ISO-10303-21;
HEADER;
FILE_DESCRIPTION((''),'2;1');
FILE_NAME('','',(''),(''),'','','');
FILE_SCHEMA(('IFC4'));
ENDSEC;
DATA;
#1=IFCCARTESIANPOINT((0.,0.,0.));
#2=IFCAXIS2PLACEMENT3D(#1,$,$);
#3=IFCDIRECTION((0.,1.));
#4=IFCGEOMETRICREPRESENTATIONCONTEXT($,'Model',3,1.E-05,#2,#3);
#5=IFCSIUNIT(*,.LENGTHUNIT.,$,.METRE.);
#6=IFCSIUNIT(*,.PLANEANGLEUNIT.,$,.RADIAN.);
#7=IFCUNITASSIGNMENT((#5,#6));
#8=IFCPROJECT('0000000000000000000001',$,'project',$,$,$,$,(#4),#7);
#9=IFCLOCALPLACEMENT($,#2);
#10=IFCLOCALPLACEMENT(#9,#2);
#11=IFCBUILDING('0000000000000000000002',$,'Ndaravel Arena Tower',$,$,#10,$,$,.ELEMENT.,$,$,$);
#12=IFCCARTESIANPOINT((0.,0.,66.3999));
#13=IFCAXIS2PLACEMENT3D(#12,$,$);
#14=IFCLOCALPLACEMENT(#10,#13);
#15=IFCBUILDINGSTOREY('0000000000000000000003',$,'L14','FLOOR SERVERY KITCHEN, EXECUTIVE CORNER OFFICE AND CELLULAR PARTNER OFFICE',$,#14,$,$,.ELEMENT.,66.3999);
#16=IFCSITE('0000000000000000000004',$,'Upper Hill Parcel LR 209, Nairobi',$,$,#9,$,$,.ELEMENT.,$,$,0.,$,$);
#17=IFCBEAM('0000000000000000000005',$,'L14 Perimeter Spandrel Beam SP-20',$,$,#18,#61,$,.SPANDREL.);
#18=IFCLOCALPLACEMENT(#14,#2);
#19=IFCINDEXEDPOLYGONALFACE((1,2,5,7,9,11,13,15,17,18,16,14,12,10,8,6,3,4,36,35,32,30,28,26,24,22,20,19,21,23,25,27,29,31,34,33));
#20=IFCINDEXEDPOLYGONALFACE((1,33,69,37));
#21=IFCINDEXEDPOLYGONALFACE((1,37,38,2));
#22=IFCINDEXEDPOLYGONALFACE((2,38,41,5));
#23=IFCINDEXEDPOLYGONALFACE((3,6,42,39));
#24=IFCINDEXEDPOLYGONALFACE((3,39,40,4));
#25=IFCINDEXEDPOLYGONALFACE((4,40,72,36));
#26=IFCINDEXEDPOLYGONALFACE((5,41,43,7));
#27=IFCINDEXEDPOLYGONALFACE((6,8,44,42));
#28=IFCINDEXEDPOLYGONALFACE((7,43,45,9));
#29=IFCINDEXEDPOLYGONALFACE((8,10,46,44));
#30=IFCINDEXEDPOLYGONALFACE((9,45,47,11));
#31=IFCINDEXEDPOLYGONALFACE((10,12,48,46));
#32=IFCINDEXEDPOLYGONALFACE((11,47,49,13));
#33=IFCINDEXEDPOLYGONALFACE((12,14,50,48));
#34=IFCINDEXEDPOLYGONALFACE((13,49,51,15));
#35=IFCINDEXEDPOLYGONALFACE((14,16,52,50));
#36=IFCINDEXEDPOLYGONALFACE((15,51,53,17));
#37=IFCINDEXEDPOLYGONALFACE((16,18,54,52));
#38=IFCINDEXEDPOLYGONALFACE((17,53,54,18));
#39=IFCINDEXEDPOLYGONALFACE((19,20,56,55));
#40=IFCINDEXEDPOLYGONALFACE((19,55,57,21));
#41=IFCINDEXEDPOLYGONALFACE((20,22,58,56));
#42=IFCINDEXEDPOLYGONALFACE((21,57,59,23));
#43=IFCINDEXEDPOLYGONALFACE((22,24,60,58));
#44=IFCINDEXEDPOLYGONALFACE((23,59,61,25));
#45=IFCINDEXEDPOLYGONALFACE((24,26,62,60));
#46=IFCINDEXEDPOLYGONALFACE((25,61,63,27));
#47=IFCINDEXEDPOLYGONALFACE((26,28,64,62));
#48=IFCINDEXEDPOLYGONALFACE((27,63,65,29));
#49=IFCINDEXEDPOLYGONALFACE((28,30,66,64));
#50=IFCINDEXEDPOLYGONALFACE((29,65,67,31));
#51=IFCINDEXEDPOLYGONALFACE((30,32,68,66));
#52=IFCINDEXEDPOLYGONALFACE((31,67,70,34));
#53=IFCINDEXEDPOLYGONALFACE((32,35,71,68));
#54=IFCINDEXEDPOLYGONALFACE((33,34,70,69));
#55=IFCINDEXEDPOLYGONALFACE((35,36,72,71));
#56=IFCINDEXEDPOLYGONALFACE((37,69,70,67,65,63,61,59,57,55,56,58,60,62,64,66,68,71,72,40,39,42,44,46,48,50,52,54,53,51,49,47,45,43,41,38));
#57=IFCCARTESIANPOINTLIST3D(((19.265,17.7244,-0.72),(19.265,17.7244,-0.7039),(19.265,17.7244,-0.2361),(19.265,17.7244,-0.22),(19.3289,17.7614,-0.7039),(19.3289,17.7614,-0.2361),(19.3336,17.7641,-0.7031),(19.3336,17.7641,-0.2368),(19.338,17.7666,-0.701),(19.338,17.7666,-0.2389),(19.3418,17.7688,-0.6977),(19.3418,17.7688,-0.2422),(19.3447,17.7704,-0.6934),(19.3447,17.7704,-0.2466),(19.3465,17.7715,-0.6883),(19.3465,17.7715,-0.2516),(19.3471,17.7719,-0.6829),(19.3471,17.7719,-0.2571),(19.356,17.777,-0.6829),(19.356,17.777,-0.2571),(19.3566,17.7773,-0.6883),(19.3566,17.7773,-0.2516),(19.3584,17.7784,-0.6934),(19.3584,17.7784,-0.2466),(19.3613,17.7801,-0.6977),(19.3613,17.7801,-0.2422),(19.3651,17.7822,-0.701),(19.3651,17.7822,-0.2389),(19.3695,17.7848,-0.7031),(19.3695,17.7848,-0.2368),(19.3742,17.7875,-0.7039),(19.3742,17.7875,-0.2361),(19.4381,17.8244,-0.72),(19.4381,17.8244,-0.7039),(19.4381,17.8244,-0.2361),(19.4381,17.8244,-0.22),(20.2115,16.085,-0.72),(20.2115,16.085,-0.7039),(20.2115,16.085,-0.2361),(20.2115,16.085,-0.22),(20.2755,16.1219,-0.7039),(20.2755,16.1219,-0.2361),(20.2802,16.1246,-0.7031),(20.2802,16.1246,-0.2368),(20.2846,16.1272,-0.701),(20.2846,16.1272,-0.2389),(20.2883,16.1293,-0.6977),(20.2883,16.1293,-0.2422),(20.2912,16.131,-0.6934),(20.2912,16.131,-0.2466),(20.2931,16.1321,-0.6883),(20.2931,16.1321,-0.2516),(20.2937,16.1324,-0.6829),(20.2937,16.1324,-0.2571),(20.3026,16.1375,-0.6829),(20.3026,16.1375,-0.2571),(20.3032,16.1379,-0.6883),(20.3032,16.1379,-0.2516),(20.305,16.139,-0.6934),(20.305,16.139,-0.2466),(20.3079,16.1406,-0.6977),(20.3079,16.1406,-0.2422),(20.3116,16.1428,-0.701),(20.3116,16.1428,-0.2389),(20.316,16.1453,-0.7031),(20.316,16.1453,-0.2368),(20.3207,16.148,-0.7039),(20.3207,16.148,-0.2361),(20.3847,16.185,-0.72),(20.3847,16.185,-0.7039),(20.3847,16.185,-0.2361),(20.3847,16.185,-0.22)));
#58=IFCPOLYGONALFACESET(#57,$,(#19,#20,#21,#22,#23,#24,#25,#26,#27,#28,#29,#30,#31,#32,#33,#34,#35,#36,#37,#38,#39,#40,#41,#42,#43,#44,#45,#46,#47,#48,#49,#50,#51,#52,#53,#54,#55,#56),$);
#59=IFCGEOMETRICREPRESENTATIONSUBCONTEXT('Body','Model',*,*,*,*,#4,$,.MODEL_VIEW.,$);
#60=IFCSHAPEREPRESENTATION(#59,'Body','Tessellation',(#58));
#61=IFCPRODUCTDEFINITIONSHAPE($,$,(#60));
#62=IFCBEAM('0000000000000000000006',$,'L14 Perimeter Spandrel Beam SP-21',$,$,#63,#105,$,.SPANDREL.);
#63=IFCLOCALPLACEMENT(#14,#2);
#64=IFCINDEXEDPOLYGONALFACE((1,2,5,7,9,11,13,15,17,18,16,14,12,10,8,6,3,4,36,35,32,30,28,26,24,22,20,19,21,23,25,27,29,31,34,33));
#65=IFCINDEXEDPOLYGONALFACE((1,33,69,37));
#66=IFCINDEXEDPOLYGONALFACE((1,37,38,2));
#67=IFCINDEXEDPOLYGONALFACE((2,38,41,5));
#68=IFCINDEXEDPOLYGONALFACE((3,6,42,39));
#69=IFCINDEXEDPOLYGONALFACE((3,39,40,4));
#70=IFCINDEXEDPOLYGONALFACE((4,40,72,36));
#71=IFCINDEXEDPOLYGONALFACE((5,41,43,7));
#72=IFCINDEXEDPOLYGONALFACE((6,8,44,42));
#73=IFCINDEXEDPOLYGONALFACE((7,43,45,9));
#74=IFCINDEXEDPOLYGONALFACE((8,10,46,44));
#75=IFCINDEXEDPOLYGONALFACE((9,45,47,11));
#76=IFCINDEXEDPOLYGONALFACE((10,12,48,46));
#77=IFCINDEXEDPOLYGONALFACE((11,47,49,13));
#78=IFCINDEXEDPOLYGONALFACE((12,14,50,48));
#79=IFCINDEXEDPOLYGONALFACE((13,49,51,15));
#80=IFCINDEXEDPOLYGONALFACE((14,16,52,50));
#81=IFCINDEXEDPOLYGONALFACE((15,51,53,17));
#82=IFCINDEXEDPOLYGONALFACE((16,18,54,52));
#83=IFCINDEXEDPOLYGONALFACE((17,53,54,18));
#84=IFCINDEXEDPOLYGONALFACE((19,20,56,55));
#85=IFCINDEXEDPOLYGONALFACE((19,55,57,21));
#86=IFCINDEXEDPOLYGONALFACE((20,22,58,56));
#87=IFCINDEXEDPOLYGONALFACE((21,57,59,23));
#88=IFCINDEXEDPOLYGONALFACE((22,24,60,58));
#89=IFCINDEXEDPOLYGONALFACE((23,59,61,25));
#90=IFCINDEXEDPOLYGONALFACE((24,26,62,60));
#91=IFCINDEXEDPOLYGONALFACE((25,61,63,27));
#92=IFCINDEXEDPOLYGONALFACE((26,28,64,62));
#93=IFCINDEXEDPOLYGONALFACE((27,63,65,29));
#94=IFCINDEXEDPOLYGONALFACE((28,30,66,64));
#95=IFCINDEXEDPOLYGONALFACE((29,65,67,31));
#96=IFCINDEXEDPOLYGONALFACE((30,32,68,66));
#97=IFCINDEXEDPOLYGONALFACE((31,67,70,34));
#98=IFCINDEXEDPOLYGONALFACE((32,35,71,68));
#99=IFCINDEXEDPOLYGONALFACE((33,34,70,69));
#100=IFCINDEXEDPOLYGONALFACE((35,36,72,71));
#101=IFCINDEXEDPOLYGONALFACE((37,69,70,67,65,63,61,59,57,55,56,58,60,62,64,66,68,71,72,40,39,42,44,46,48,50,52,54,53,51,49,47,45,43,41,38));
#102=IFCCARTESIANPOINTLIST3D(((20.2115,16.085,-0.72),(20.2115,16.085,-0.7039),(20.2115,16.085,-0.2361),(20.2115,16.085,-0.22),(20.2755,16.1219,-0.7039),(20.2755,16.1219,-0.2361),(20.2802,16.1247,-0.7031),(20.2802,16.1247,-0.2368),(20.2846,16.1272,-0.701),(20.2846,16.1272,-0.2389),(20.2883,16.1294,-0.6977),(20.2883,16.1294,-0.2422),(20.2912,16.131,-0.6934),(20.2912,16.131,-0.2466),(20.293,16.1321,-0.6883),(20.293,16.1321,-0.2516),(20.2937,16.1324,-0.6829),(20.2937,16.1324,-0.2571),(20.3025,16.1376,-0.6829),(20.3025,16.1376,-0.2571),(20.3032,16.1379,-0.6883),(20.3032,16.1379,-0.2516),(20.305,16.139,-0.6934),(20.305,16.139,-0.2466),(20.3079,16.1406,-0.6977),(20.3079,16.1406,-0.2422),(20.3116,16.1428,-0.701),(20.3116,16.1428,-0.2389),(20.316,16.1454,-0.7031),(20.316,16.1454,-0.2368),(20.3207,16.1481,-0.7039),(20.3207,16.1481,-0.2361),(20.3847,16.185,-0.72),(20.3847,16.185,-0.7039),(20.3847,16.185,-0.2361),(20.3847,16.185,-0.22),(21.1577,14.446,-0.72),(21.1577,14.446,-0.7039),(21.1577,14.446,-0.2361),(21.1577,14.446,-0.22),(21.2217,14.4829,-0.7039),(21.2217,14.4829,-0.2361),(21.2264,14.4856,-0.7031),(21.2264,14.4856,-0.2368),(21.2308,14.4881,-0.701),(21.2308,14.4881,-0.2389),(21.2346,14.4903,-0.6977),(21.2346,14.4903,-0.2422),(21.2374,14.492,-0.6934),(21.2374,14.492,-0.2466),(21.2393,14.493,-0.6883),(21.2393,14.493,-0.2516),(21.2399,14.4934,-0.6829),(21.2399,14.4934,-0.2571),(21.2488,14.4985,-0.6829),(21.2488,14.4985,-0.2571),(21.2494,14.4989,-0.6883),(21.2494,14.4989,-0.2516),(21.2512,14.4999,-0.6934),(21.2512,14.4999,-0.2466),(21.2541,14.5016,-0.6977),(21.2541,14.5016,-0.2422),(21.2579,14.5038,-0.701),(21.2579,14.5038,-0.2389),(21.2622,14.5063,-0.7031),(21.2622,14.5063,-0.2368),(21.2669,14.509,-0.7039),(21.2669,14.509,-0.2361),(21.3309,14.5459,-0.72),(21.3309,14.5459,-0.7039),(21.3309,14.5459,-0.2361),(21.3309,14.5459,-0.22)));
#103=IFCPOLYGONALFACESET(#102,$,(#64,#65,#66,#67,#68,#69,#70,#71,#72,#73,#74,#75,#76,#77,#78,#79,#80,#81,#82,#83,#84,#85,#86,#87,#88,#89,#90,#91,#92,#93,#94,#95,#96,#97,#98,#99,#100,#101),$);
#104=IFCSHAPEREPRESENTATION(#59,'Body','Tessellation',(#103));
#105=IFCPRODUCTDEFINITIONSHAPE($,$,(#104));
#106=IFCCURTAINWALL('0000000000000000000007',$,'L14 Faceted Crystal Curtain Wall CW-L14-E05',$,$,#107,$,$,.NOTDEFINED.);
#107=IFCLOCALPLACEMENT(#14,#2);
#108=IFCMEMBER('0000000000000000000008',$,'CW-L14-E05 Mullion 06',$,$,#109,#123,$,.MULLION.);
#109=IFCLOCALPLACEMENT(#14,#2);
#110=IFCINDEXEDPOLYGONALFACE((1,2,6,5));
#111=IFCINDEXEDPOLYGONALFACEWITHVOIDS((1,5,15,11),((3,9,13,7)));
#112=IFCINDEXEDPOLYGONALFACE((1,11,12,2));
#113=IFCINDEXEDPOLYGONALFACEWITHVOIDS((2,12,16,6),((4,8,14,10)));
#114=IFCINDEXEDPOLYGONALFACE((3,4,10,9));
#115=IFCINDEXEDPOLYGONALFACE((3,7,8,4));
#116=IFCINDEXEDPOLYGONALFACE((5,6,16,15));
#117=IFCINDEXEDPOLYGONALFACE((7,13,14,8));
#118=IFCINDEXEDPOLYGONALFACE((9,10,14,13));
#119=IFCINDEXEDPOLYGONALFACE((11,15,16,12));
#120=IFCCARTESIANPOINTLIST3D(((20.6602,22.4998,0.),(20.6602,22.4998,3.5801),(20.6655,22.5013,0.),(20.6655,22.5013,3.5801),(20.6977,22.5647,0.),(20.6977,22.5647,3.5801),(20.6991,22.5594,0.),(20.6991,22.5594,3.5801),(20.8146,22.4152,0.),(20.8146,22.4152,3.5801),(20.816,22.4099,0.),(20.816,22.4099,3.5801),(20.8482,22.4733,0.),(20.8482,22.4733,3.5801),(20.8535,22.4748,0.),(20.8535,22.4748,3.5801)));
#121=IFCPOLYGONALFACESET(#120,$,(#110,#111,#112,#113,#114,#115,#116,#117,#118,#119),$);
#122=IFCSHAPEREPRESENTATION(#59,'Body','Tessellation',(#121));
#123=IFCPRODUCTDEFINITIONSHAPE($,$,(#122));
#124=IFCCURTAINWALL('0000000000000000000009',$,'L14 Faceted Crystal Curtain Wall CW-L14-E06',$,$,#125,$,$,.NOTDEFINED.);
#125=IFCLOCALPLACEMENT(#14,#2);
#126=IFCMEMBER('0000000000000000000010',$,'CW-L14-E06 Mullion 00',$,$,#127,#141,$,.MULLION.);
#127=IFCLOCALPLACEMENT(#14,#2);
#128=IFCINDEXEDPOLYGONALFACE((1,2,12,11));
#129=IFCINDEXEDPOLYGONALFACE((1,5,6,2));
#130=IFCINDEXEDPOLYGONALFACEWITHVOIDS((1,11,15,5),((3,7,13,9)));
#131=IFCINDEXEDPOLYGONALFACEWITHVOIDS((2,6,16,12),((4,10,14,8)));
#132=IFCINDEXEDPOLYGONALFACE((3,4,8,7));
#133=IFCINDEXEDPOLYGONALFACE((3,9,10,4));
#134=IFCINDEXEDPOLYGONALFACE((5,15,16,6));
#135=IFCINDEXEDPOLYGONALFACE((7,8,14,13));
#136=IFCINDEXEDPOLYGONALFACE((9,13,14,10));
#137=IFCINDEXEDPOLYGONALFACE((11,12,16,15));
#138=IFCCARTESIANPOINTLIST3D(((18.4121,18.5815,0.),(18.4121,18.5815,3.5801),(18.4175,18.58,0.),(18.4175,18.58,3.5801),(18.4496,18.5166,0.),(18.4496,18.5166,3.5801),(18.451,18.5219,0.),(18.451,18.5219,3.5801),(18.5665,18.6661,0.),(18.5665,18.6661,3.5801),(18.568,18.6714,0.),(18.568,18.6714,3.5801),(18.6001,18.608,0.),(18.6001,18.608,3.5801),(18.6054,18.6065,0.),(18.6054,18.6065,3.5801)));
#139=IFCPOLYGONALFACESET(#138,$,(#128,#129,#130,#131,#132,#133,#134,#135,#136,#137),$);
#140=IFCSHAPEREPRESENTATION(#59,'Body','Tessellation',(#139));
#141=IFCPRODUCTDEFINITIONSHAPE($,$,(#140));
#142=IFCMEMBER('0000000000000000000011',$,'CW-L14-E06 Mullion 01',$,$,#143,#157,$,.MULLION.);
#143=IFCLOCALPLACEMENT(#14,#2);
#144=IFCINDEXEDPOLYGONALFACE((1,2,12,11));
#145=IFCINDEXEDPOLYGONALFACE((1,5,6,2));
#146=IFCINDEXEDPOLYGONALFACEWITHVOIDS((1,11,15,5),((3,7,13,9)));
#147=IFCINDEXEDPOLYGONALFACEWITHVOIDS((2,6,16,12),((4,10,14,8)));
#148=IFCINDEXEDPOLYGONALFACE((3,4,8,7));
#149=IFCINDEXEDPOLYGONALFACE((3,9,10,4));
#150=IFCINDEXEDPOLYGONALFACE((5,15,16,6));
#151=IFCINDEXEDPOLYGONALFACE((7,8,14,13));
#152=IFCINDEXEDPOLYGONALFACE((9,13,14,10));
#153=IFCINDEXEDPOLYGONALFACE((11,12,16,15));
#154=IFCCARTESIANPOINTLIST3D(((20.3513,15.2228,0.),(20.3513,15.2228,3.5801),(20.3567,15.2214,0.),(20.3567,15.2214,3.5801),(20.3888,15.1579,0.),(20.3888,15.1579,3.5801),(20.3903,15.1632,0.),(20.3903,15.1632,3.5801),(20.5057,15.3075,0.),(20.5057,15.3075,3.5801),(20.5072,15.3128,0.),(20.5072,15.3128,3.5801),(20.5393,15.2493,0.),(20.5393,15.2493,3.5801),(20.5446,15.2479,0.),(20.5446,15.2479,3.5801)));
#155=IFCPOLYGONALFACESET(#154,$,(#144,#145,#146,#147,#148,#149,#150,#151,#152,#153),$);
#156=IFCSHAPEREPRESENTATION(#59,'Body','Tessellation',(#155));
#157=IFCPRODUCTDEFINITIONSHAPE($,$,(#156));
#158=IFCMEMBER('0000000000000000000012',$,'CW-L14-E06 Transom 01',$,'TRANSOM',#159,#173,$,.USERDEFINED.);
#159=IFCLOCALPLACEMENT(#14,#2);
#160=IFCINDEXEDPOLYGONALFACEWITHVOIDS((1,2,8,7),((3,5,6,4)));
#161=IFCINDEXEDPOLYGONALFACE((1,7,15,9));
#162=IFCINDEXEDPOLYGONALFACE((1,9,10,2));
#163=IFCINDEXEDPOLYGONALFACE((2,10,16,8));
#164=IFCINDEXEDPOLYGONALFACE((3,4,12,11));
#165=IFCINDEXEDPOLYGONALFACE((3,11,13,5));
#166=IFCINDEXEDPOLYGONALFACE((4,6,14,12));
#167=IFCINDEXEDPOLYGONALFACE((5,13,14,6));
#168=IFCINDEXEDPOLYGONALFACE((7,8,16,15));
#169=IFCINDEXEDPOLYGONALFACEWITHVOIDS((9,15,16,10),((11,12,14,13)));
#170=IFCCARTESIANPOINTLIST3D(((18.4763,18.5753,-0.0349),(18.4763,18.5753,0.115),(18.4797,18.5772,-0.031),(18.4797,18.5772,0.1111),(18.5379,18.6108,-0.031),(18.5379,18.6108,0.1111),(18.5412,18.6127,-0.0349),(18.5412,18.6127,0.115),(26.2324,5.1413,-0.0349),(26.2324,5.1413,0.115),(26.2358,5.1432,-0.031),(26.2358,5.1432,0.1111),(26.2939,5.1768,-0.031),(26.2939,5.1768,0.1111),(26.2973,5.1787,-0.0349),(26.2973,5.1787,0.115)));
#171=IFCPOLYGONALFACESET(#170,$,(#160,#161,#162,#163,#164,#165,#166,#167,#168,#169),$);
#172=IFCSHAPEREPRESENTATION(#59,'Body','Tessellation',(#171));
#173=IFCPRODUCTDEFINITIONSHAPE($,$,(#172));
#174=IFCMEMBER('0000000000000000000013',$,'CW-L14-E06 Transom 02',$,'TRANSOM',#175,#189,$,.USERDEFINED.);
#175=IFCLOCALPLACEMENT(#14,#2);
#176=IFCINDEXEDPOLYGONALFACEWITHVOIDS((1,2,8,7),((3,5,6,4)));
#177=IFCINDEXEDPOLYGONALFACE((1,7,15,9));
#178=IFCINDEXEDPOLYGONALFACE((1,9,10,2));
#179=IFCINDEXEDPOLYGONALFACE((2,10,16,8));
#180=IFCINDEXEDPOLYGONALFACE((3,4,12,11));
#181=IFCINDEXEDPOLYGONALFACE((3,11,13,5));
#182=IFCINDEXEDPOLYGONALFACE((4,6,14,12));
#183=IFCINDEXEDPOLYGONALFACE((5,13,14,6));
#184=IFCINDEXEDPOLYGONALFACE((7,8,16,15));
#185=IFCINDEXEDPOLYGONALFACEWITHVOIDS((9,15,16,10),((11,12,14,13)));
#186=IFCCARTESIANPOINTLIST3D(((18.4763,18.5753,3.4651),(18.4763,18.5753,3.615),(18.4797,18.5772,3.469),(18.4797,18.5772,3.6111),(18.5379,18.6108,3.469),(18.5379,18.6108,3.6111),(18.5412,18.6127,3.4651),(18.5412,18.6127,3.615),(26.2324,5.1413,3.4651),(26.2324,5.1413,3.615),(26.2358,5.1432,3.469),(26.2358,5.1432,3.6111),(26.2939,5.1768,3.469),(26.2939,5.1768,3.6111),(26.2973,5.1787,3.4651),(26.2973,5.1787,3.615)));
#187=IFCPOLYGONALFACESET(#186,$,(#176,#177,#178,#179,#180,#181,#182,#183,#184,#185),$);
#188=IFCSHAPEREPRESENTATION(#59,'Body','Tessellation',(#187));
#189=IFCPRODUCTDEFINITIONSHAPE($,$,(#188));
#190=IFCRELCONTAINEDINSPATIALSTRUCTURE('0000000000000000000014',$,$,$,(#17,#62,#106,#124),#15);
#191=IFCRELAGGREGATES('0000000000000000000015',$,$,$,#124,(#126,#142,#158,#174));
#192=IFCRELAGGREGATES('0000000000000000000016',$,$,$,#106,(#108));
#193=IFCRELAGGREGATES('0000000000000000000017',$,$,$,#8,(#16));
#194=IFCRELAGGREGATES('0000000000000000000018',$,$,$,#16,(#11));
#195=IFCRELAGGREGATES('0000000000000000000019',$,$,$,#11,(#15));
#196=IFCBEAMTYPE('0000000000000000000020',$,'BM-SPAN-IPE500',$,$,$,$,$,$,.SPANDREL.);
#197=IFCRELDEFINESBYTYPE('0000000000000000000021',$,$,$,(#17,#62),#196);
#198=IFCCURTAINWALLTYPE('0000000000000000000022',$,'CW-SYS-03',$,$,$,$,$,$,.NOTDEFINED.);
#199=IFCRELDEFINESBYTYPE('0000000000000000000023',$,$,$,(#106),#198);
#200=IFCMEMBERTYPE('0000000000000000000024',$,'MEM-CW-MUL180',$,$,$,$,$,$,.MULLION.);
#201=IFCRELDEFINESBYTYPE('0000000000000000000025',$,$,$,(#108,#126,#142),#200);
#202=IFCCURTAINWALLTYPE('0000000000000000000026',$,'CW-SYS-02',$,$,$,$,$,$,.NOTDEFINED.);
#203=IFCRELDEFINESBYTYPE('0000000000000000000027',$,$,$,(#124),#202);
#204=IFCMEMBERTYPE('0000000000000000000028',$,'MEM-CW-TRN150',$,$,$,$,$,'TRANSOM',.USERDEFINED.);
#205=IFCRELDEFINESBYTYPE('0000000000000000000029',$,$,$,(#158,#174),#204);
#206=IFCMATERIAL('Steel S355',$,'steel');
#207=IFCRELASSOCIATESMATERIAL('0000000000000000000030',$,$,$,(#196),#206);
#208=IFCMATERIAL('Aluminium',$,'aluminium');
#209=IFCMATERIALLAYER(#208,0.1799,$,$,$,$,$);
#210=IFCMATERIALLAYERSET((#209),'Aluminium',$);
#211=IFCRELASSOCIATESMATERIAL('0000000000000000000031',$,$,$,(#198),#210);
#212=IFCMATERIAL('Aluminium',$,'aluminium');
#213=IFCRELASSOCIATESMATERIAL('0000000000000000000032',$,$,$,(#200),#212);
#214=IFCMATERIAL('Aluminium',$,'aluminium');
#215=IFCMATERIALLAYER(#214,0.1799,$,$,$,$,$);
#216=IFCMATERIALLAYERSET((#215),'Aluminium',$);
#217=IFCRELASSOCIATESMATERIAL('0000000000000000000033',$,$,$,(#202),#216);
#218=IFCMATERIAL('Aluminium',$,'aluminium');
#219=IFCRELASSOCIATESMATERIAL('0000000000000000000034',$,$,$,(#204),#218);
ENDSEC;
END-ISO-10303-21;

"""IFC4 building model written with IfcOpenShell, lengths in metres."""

from ifc_helpers import new_model, si_unit, direction, frame, origin, origin_2d, place, context, subcontext, project, spatial, hollow_rectangle, i_section, extrude, material, layer, layer_set, material_profile, profile_set, type_object, element, aggregate, save


model = new_model("IFC4")

# Units and contexts
model_context = context("Model", 3, precision=1e-05, world=origin(), true_north=direction((0.0, 1.0)))
body_context = subcontext(model_context, "Body", "Model", "MODEL_VIEW")
ifc_project = project(units=[si_unit("LENGTHUNIT", "METRE"), si_unit("PLANEANGLEUNIT", "RADIAN")], contexts=[model_context])

# Site, building, storey
site_placement = place(None, origin())
site = spatial("IfcSite", under=ifc_project, at=site_placement, Name="Upper Hill Parcel LR 209, Nairobi", CompositionType="ELEMENT", RefElevation=0.0)
building_placement = place(site_placement, origin())
building = spatial("IfcBuilding", under=site, at=building_placement, Name="Ndaravel Arena Tower", CompositionType="ELEMENT")
storey_placement = place(building_placement, frame((0.0, 0.0, 66.3999)))
storey = spatial("IfcBuildingStorey", under=building, at=storey_placement, Name="L14", Description="FLOOR SERVERY KITCHEN, EXECUTIVE CORNER OFFICE AND CELLULAR PARTNER OFFICE", CompositionType="ELEMENT", Elevation=66.3999)

# Beams
ifc_material_1 = material(Name="Steel S355", Category="steel")
ifc_material_profile_1 = material_profile(ifc_material_1, i_section(OverallWidth=0.2, OverallDepth=0.5, WebThickness=0.0103, FlangeThickness=0.0161, FilletRadius=0.021, at=origin_2d()), Name="IPE 500")
ifc_profile_set_1 = profile_set([ifc_material_profile_1], Name="Steel S355")
beam_type_1 = type_object("IfcBeamType", Name="BM-SPAN-IPE500", PredefinedType="SPANDREL", material=ifc_profile_set_1)
beam_1_placement = place(storey_placement, frame((19.3516, 17.7744, -0.47), z_axis=(0.500009, -0.86602, 0.0), x_axis=(0.86602, 0.500009, 0.0)))
element("IfcBeam", 1, at=beam_1_placement, inside=storey, type_object=beam_type_1, Name="L14 Perimeter Spandrel Beam SP-20", PredefinedType="SPANDREL", context=body_context, shape_type="SweptSolid", body=[
    extrude(i_section(OverallWidth=0.2, OverallDepth=0.5, WebThickness=0.0103, FlangeThickness=0.0161, FilletRadius=0.021, at=origin_2d()), origin(), (0.0, 0.0, 1.0), 1.8931),
])
beam_2_placement = place(storey_placement, frame((20.2981, 16.135, -0.47), z_axis=(0.499968, -0.866044, 0.0), x_axis=(0.866044, 0.499968, 0.0)))
element("IfcBeam", 2, at=beam_2_placement, inside=storey, type_object=beam_type_1, Name="L14 Perimeter Spandrel Beam SP-21", PredefinedType="SPANDREL", context=body_context, shape_type="SweptSolid", body=[
    extrude(i_section(OverallWidth=0.2, OverallDepth=0.5, WebThickness=0.0103, FlangeThickness=0.0161, FilletRadius=0.021, at=origin_2d()), origin(), (0.0, 0.0, 1.0), 1.8926),
])

# Curtain wall, member
ifc_material_2 = material(Name="Aluminium", Category="aluminium")
ifc_layer_1 = layer(ifc_material_2, 0.1799)
ifc_layer_set_1 = layer_set([ifc_layer_1], Name="Aluminium")
curtain_wall_type_1 = type_object("IfcCurtainWallType", Name="CW-SYS-03", PredefinedType="NOTDEFINED", material=ifc_layer_set_1)
curtain_wall_1_placement = place(storey_placement, origin())
curtain_wall_1 = element("IfcCurtainWall", 3, at=curtain_wall_1_placement, inside=storey, type_object=curtain_wall_type_1, Name="L14 Faceted Crystal Curtain Wall CW-L14-E05", PredefinedType="NOTDEFINED")
ifc_material_3 = material(Name="Aluminium", Category="aluminium")
ifc_material_profile_2 = material_profile(ifc_material_3, hollow_rectangle(XDim=0.075, YDim=0.1799, WallThickness=0.0039, at=origin_2d()), Name="CW MULLION 75x180x4")
ifc_profile_set_2 = profile_set([ifc_material_profile_2], Name="Aluminium")
member_type_1 = type_object("IfcMemberType", Name="MEM-CW-MUL180", PredefinedType="MULLION", material=ifc_profile_set_2)
member_1_placement = place(storey_placement, frame((20.7568, 22.4873, 0.0), z_axis=(0.0, 0.0, 1.0), x_axis=(-0.5, -0.866025, 0.0)))
member_1 = element("IfcMember", 4, at=member_1_placement, type_object=member_type_1, Name="CW-L14-E05 Mullion 06", PredefinedType="MULLION", context=body_context, shape_type="SweptSolid", body=[
    extrude(hollow_rectangle(XDim=0.075, YDim=0.1799, WallThickness=0.0039, at=origin_2d()), origin(), (0.0, 0.0, 1.0), 3.5801),
])

# Curtain wall, members
ifc_material_4 = material(Name="Aluminium", Category="aluminium")
ifc_layer_2 = layer(ifc_material_4, 0.1799)
ifc_layer_set_2 = layer_set([ifc_layer_2], Name="Aluminium")
curtain_wall_type_2 = type_object("IfcCurtainWallType", Name="CW-SYS-02", PredefinedType="NOTDEFINED", material=ifc_layer_set_2)
curtain_wall_2_placement = place(storey_placement, origin())
curtain_wall_2 = element("IfcCurtainWall", 5, at=curtain_wall_2_placement, inside=storey, type_object=curtain_wall_type_2, Name="L14 Faceted Crystal Curtain Wall CW-L14-E06", PredefinedType="NOTDEFINED")
member_2_placement = place(storey_placement, frame((18.5088, 18.594, 0.0), z_axis=(0.0, 0.0, 1.0), x_axis=(0.5, -0.866025, 0.0)))
member_2 = element("IfcMember", 6, at=member_2_placement, type_object=member_type_1, Name="CW-L14-E06 Mullion 00", PredefinedType="MULLION", context=body_context, shape_type="SweptSolid", body=[
    extrude(hollow_rectangle(XDim=0.075, YDim=0.1799, WallThickness=0.0039, at=origin_2d()), origin(), (0.0, 0.0, 1.0), 3.5801),
])
member_3_placement = place(storey_placement, frame((20.448, 15.2354, 0.0), z_axis=(0.0, 0.0, 1.0), x_axis=(0.5, -0.866025, 0.0)))
member_3 = element("IfcMember", 7, at=member_3_placement, type_object=member_type_1, Name="CW-L14-E06 Mullion 01", PredefinedType="MULLION", context=body_context, shape_type="SweptSolid", body=[
    extrude(hollow_rectangle(XDim=0.075, YDim=0.1799, WallThickness=0.0039, at=origin_2d()), origin(), (0.0, 0.0, 1.0), 3.5801),
])
ifc_material_5 = material(Name="Aluminium", Category="aluminium")
ifc_material_profile_3 = material_profile(ifc_material_5, hollow_rectangle(XDim=0.075, YDim=0.1499, WallThickness=0.0039, at=origin_2d()), Name="CW TRANSOM 75x150x4")
ifc_profile_set_3 = profile_set([ifc_material_profile_3], Name="Aluminium")
member_type_2 = type_object("IfcMemberType", Name="MEM-CW-TRN150", ElementType="TRANSOM", PredefinedType="USERDEFINED", material=ifc_profile_set_3)
member_4_placement = place(storey_placement, frame((18.5088, 18.594, 0.04), z_axis=(0.499997, -0.866027, 0.0), x_axis=(0.866027, 0.499997, 0.0)))
member_4 = element("IfcMember", 8, at=member_4_placement, type_object=member_type_2, Name="CW-L14-E06 Transom 01", ObjectType="TRANSOM", PredefinedType="USERDEFINED", context=body_context, shape_type="SweptSolid", body=[
    extrude(hollow_rectangle(XDim=0.075, YDim=0.1499, WallThickness=0.0039, at=origin_2d()), origin(), (0.0, 0.0, 1.0), 15.5122),
])
member_5_placement = place(storey_placement, frame((18.5088, 18.594, 3.54), z_axis=(0.499997, -0.866027, 0.0), x_axis=(0.866027, 0.499997, 0.0)))
member_5 = element("IfcMember", 9, at=member_5_placement, type_object=member_type_2, Name="CW-L14-E06 Transom 02", ObjectType="TRANSOM", PredefinedType="USERDEFINED", context=body_context, shape_type="SweptSolid", body=[
    extrude(hollow_rectangle(XDim=0.075, YDim=0.1499, WallThickness=0.0039, at=origin_2d()), origin(), (0.0, 0.0, 1.0), 15.5122),
])
aggregate(curtain_wall_2, [member_2, member_3, member_4, member_5])

aggregate(curtain_wall_1, [member_1])

save(model, "model.ifc")
